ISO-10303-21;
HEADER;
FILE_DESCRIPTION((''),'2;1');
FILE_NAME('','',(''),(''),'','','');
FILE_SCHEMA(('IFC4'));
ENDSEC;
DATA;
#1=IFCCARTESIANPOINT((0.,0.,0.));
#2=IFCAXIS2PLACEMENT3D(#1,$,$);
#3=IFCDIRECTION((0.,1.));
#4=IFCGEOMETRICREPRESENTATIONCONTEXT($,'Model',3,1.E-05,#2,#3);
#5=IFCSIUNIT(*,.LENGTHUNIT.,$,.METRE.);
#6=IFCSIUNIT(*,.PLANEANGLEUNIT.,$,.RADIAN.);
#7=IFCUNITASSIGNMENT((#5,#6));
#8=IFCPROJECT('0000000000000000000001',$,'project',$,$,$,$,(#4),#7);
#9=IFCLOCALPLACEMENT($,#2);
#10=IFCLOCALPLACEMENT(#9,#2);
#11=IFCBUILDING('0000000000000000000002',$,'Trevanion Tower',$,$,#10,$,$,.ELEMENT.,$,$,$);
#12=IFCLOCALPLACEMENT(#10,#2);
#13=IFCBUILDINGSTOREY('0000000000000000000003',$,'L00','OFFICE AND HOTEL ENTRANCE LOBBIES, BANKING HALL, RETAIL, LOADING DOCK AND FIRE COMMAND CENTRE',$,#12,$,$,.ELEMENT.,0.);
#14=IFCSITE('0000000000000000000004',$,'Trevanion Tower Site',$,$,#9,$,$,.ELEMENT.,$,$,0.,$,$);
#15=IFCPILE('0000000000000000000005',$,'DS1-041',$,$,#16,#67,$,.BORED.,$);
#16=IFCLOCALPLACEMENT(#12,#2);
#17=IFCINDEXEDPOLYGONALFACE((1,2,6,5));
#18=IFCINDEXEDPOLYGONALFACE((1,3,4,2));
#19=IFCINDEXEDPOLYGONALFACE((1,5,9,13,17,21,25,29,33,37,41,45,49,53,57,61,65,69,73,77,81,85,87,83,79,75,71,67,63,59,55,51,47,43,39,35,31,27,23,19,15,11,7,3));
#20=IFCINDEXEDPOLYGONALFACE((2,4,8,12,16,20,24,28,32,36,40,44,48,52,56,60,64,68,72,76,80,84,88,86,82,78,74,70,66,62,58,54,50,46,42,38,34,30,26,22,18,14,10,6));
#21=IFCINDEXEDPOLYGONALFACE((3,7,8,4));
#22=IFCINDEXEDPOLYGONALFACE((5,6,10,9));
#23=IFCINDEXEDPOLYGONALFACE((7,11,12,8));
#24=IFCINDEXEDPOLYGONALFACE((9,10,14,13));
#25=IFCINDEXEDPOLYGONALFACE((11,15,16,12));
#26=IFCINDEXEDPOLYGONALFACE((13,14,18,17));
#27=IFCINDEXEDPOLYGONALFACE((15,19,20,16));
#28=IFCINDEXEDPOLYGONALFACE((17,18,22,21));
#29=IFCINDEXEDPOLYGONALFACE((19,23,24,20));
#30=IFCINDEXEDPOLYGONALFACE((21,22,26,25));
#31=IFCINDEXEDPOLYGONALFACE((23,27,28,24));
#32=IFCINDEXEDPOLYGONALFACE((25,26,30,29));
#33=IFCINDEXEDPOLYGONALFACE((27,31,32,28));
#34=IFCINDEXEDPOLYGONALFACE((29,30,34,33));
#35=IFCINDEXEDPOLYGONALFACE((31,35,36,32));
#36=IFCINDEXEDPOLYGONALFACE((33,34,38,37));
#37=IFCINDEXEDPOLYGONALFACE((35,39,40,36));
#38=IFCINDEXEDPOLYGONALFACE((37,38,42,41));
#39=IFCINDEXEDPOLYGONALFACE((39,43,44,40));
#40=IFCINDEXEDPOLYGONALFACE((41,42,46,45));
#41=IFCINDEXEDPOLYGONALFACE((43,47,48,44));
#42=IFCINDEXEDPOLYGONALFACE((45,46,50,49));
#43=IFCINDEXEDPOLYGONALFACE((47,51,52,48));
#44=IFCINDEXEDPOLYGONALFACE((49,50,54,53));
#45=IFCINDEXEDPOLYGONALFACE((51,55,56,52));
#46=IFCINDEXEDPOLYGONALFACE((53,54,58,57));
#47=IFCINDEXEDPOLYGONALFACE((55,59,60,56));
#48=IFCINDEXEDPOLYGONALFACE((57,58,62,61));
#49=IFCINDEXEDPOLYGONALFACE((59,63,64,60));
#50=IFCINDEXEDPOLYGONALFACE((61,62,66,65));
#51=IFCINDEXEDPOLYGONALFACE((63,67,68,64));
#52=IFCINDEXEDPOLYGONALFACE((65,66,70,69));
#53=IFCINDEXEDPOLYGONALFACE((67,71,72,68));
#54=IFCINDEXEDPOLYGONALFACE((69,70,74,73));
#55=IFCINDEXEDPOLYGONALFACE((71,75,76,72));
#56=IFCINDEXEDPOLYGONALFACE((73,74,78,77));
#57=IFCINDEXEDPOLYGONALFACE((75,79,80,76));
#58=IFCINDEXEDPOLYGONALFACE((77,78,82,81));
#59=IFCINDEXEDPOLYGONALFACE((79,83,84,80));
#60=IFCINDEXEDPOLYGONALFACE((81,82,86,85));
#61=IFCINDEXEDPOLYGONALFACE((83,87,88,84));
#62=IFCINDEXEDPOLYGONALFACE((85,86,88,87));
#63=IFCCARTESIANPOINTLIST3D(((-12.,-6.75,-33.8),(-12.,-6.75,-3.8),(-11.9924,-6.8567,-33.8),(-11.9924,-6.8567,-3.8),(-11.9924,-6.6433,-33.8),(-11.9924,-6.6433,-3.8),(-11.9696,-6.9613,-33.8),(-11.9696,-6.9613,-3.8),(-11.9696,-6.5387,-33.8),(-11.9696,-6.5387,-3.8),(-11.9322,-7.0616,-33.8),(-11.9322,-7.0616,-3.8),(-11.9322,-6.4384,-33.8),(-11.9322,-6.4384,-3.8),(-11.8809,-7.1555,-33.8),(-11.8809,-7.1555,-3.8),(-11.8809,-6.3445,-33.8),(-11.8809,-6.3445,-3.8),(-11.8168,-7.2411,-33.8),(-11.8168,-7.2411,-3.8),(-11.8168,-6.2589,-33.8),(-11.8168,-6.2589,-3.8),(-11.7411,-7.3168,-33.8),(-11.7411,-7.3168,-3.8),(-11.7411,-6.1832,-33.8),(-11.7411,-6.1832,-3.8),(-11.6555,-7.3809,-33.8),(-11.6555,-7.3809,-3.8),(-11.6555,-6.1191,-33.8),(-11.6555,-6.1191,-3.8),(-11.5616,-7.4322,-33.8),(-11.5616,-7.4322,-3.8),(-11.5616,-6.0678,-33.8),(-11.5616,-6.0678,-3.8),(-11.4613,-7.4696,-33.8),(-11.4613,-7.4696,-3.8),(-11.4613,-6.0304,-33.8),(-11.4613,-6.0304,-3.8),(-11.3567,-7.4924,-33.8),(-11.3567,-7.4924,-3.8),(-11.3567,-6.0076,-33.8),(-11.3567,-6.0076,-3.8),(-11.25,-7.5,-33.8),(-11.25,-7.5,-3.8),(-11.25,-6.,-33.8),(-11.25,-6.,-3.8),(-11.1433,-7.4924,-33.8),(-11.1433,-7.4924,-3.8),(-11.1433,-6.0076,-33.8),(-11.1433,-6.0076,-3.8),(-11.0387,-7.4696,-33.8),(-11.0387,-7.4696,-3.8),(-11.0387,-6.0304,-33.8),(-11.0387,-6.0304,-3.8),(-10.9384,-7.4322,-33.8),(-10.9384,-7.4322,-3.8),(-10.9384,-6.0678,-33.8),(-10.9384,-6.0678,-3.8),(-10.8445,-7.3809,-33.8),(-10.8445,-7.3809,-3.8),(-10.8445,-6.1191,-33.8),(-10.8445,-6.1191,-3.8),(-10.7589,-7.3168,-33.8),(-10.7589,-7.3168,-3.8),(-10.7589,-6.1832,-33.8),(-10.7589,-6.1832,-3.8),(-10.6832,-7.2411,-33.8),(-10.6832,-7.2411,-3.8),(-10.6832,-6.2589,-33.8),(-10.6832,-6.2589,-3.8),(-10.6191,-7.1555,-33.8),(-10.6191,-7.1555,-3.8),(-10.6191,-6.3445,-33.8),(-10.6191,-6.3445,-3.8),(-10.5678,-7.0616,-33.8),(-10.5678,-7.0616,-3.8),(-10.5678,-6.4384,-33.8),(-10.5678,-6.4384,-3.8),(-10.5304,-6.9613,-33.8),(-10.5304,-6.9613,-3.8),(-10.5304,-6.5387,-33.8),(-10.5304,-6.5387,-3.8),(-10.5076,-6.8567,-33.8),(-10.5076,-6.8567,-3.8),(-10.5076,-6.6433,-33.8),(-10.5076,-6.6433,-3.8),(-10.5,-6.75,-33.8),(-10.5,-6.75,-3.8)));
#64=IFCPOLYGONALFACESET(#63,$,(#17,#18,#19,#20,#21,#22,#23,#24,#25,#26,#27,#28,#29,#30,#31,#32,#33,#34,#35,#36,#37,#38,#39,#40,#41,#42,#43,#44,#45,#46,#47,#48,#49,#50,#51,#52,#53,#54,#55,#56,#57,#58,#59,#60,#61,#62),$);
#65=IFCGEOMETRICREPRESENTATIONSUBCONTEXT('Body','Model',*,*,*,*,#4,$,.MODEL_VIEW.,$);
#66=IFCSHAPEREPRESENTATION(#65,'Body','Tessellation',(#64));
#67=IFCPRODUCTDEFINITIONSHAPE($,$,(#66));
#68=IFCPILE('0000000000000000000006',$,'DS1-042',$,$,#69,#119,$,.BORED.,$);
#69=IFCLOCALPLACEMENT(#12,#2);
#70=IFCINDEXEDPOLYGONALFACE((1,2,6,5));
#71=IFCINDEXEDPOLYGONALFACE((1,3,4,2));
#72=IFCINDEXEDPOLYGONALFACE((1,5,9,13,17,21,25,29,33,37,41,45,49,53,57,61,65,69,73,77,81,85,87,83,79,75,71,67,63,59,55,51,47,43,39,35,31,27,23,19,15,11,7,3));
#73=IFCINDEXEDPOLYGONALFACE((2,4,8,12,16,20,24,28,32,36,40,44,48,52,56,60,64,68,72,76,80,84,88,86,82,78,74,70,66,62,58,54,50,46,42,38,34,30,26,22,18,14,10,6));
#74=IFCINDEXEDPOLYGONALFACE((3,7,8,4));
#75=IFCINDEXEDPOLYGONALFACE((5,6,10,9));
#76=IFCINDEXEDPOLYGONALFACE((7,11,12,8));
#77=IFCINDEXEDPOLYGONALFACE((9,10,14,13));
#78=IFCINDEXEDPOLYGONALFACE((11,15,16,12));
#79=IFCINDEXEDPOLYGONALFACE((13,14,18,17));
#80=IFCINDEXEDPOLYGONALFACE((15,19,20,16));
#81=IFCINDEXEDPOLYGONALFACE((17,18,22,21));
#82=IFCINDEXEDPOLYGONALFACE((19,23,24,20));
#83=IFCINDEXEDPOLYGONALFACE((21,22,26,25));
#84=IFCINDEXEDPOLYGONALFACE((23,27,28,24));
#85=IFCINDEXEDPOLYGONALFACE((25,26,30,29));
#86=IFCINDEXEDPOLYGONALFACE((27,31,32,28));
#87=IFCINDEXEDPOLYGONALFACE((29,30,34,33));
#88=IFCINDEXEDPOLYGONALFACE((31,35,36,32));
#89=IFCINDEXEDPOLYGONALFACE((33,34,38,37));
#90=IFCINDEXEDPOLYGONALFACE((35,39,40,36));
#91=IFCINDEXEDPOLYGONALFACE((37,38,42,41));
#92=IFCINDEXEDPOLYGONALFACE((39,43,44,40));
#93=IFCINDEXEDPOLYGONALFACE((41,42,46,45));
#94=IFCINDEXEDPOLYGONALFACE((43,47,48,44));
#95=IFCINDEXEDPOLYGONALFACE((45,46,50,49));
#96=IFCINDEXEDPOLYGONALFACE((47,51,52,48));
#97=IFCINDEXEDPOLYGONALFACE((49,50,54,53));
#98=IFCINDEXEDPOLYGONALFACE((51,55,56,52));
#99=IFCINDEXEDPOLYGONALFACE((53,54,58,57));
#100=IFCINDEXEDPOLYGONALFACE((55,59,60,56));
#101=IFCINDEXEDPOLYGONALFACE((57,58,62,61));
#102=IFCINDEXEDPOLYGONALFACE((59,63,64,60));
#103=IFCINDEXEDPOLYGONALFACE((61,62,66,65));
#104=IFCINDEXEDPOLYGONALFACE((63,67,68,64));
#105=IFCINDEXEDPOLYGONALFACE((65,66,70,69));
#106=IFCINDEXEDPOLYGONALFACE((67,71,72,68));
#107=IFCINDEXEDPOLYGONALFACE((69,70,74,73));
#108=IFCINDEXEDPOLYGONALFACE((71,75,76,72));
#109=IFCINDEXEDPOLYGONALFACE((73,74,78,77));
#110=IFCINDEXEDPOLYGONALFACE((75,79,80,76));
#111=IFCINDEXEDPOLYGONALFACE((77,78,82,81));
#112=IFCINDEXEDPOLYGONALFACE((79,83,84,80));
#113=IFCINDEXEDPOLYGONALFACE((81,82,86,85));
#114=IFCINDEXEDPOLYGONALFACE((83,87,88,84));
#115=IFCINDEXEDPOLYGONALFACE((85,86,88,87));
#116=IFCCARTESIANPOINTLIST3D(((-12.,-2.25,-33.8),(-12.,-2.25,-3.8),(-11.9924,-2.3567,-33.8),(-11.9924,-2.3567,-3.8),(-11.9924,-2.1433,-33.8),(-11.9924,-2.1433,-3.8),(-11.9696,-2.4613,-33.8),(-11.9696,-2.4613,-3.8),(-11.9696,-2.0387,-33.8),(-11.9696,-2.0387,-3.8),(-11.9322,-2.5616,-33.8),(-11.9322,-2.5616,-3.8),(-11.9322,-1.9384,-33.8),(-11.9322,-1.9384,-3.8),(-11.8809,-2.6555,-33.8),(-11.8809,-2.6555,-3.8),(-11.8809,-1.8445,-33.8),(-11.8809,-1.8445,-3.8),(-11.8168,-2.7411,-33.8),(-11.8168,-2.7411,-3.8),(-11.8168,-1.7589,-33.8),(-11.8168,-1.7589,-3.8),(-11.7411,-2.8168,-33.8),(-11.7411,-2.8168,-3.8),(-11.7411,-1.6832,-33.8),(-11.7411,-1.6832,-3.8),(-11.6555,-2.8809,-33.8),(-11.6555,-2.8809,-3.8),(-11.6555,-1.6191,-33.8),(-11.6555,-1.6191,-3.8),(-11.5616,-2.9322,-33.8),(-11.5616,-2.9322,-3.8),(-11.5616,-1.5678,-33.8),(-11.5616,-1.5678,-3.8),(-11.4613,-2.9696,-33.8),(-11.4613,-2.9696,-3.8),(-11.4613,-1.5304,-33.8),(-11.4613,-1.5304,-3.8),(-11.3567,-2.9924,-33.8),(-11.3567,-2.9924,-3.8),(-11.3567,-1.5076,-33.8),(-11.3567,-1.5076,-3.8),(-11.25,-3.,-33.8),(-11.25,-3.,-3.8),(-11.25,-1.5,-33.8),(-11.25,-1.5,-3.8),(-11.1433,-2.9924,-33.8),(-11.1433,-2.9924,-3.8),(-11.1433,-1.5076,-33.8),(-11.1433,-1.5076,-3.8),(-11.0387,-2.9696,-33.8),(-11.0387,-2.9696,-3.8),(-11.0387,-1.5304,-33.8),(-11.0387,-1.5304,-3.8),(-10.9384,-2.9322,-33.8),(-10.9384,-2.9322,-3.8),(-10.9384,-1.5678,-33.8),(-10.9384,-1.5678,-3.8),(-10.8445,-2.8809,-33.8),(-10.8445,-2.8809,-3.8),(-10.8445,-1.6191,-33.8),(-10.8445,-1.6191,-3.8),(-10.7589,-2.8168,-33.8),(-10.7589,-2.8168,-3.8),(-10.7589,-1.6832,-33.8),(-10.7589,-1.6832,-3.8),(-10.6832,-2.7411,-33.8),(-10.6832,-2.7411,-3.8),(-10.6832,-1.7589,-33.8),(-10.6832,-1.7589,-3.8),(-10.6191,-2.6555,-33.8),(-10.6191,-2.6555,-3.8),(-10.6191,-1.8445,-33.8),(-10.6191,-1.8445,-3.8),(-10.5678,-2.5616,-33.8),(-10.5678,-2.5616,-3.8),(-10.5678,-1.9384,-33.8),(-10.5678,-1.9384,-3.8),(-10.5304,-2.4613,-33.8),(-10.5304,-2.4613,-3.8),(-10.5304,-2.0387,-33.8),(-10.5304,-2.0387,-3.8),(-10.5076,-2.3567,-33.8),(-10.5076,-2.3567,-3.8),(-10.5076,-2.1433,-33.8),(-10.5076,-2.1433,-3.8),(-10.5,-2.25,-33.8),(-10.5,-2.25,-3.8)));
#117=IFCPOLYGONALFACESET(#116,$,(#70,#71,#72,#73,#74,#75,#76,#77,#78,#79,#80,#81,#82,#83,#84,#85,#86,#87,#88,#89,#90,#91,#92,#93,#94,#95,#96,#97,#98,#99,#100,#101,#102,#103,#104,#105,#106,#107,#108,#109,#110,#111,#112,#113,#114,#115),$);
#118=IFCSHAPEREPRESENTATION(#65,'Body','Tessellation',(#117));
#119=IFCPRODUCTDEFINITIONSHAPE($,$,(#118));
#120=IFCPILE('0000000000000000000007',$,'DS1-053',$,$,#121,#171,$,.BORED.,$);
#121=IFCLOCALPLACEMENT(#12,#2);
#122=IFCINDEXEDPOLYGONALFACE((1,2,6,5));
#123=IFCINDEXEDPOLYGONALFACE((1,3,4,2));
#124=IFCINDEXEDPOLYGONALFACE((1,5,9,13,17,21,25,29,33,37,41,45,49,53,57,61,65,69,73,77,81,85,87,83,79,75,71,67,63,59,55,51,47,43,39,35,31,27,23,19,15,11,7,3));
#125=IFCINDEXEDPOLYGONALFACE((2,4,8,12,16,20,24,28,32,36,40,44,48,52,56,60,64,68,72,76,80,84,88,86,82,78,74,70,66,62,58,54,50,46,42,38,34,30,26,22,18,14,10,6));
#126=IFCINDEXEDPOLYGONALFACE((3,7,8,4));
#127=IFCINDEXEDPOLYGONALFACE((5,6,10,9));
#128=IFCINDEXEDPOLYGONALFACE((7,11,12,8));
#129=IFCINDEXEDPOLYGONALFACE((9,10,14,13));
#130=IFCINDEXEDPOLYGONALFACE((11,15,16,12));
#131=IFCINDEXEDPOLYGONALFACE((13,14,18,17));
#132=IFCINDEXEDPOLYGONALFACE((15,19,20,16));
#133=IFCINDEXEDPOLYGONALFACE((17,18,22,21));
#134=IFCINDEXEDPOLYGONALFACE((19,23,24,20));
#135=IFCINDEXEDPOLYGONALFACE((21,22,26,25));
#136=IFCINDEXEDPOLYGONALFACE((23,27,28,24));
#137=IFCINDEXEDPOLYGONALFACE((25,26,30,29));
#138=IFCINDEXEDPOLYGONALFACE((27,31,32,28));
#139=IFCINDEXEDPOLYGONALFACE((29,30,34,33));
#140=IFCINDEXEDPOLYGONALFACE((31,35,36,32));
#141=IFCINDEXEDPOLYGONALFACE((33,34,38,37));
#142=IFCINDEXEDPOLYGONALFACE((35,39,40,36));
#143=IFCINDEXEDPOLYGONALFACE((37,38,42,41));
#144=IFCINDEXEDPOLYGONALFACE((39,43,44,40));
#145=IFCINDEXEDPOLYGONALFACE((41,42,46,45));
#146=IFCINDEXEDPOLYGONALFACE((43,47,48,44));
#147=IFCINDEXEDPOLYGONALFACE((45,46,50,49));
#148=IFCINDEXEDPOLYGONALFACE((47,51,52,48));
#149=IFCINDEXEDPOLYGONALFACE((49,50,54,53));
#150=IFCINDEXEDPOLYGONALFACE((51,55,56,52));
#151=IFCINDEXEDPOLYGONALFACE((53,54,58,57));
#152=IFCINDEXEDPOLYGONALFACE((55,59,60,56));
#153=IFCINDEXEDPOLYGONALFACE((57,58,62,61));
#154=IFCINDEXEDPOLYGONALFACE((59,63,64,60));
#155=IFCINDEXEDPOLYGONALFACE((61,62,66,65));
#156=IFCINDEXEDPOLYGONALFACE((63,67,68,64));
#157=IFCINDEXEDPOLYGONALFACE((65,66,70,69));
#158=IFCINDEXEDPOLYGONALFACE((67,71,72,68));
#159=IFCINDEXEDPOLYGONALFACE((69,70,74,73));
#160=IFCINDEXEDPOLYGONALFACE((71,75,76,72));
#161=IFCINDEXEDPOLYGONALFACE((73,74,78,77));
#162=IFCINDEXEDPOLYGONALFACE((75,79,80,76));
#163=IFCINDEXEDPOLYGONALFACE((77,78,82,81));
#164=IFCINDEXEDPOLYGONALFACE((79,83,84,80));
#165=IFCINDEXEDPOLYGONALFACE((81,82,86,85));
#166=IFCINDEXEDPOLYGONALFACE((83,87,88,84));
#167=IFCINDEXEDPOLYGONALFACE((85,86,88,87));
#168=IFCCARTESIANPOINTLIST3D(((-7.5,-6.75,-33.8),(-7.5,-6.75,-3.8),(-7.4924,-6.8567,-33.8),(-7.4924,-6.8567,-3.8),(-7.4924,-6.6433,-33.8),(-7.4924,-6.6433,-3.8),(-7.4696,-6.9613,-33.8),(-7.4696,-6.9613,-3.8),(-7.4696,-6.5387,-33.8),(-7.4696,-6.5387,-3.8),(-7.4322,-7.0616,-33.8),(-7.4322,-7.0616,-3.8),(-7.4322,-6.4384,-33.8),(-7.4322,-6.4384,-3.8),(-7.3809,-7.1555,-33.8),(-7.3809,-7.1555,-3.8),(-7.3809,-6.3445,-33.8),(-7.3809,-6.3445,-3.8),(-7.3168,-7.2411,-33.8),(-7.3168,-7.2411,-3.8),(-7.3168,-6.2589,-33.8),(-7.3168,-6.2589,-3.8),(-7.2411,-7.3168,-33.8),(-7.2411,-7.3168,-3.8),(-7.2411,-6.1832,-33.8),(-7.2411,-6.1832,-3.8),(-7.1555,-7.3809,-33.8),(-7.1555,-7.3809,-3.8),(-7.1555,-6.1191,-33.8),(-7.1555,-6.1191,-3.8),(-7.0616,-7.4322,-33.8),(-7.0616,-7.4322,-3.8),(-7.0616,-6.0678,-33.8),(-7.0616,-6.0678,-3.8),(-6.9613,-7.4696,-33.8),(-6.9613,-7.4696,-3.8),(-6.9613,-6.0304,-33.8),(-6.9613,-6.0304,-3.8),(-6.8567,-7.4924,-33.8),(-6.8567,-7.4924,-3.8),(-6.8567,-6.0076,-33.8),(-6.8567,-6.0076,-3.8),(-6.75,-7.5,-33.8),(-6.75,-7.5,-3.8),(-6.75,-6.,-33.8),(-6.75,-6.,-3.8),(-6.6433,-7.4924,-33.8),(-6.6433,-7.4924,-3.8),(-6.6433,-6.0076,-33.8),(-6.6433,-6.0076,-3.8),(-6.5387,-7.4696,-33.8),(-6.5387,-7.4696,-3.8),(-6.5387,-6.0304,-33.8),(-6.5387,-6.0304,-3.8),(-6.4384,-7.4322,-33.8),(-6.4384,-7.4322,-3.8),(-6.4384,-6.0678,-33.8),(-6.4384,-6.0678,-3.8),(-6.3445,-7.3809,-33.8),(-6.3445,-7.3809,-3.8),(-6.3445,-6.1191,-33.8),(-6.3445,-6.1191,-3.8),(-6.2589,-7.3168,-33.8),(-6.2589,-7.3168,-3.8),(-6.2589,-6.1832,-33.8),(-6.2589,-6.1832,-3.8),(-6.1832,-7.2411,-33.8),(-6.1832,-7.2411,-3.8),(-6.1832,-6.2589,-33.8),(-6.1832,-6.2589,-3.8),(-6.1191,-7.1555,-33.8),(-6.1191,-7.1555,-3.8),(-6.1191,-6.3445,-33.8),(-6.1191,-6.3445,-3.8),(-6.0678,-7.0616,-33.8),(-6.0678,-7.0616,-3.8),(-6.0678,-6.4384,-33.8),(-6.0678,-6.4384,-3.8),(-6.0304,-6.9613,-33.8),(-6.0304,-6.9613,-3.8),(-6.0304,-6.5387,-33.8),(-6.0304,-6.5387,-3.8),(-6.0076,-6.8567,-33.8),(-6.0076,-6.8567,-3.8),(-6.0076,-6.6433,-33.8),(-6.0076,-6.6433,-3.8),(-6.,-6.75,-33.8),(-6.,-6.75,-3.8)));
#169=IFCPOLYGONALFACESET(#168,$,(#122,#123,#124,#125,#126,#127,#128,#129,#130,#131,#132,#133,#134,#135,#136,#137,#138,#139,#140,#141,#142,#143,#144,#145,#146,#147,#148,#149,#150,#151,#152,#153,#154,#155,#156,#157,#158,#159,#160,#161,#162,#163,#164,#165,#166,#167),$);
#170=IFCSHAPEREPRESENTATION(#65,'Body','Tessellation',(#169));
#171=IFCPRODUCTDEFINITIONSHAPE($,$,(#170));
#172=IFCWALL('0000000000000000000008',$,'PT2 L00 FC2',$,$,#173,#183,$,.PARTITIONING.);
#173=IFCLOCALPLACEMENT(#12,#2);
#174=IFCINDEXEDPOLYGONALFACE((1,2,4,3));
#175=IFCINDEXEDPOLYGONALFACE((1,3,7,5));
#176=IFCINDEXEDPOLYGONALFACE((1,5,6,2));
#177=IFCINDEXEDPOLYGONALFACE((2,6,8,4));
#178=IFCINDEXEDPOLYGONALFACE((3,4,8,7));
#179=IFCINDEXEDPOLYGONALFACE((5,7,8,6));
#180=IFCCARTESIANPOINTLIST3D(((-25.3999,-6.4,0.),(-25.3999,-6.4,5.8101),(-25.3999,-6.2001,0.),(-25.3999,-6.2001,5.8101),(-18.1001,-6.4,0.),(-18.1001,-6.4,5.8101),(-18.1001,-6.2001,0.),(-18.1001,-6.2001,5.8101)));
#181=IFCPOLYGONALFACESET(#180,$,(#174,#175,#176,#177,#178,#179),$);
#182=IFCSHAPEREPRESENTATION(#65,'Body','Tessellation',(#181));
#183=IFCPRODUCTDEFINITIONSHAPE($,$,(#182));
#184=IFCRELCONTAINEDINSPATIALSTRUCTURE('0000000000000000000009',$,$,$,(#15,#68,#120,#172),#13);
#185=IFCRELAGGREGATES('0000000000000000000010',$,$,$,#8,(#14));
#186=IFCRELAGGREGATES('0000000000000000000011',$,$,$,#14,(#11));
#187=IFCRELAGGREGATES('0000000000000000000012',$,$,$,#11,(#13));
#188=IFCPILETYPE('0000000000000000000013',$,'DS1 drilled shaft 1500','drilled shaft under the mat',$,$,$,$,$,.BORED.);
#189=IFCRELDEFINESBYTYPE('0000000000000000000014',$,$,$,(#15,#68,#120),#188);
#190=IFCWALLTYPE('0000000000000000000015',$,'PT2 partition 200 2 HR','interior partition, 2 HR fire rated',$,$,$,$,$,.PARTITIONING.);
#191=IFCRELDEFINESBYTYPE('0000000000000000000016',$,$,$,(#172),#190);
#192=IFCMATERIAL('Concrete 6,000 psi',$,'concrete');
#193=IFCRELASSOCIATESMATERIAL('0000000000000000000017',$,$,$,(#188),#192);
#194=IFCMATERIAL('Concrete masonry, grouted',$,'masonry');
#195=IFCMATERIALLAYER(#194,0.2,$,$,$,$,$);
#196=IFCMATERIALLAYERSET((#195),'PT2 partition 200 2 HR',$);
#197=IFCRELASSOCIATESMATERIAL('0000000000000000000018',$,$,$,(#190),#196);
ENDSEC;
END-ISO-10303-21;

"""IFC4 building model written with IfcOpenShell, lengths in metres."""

from ifc_helpers import new_model, si_unit, direction, frame, frame_2d, origin, origin_2d, place, context, subcontext, project, spatial, rectangle, circle, extrude, material, layer, layer_set, material_profile, profile_set, type_object, element, save


model = new_model("IFC4")

# Units and contexts
model_context = context("Model", 3, precision=1e-05, world=origin(), true_north=direction((0.0, 1.0)))
body_context = subcontext(model_context, "Body", "Model", "MODEL_VIEW")
ifc_project = project(units=[si_unit("LENGTHUNIT", "METRE"), si_unit("PLANEANGLEUNIT", "RADIAN")], contexts=[model_context])

# Site, building, storey
site_placement = place(None, origin())
site = spatial("IfcSite", under=ifc_project, at=site_placement, Name="Trevanion Tower Site", CompositionType="ELEMENT", RefElevation=0.0)
building_placement = place(site_placement, origin())
building = spatial("IfcBuilding", under=site, at=building_placement, Name="Trevanion Tower", CompositionType="ELEMENT")
storey_placement = place(building_placement, origin())
storey = spatial("IfcBuildingStorey", under=building, at=storey_placement, Name="L00", Description="OFFICE AND HOTEL ENTRANCE LOBBIES, BANKING HALL, RETAIL, LOADING DOCK AND FIRE COMMAND CENTRE", CompositionType="ELEMENT", Elevation=0.0)

# Piles
ifc_material_1 = material(Name="Concrete 6,000 psi", Category="concrete")
ifc_material_profile = material_profile(ifc_material_1, circle(Radius=0.75, at=origin_2d()), Name="DS1 drilled shaft 1500")
ifc_profile_set = profile_set([ifc_material_profile], Name="Concrete 6,000 psi")
pile_type = type_object("IfcPileType", Name="DS1 drilled shaft 1500", Description="drilled shaft under the mat", PredefinedType="BORED", material=ifc_profile_set)
for number, where, z_axis, x_axis, name in (
    (1, (-11.25, -6.75, -3.8), (0.0, 0.0, -1.0), (1.0, 0.0, 0.0), "DS1-041"),
    (2, (-11.25, -2.25, -3.8), (0.0, 0.0, -1.0), (1.0, 0.0, 0.0), "DS1-042"),
    (3, (-6.75, -6.75, -3.8), (0.0, 0.0, -1.0), (1.0, 0.0, 0.0), "DS1-053"),
):
    element("IfcPile", number, at=place(storey_placement, frame(where, z_axis=z_axis, x_axis=x_axis)), inside=storey, type_object=pile_type, Name=name, PredefinedType="BORED", context=body_context, shape_type="SweptSolid", body=[
        extrude(circle(Radius=0.75, at=origin_2d()), origin(), (0.0, 0.0, 1.0), 30.0),
    ])

# Wall
ifc_material_2 = material(Name="Concrete masonry, grouted", Category="masonry")
ifc_layer_1 = layer(ifc_material_2, 0.2)
ifc_layer_set_1 = layer_set([ifc_layer_1], Name="PT2 partition 200 2 HR")
wall_type_1 = type_object("IfcWallType", Name="PT2 partition 200 2 HR", Description="interior partition, 2 HR fire rated", PredefinedType="PARTITIONING", material=ifc_layer_set_1)
wall_1_placement = place(storey_placement, frame((-18.1001, -6.3, 0.0), z_axis=(0.0, 0.0, 1.0), x_axis=(-1.0, 0.0, 0.0)))
element("IfcWall", 4, at=wall_1_placement, inside=storey, type_object=wall_type_1, Name="PT2 L00 FC2", PredefinedType="PARTITIONING", context=body_context, shape_type="SweptSolid", body=[
    extrude(rectangle(XDim=7.2998, YDim=0.2, at=frame_2d((3.6499, 0.0))), origin(), (0.0, 0.0, 1.0), 5.8101),
])

save(model, "model.ifc")
